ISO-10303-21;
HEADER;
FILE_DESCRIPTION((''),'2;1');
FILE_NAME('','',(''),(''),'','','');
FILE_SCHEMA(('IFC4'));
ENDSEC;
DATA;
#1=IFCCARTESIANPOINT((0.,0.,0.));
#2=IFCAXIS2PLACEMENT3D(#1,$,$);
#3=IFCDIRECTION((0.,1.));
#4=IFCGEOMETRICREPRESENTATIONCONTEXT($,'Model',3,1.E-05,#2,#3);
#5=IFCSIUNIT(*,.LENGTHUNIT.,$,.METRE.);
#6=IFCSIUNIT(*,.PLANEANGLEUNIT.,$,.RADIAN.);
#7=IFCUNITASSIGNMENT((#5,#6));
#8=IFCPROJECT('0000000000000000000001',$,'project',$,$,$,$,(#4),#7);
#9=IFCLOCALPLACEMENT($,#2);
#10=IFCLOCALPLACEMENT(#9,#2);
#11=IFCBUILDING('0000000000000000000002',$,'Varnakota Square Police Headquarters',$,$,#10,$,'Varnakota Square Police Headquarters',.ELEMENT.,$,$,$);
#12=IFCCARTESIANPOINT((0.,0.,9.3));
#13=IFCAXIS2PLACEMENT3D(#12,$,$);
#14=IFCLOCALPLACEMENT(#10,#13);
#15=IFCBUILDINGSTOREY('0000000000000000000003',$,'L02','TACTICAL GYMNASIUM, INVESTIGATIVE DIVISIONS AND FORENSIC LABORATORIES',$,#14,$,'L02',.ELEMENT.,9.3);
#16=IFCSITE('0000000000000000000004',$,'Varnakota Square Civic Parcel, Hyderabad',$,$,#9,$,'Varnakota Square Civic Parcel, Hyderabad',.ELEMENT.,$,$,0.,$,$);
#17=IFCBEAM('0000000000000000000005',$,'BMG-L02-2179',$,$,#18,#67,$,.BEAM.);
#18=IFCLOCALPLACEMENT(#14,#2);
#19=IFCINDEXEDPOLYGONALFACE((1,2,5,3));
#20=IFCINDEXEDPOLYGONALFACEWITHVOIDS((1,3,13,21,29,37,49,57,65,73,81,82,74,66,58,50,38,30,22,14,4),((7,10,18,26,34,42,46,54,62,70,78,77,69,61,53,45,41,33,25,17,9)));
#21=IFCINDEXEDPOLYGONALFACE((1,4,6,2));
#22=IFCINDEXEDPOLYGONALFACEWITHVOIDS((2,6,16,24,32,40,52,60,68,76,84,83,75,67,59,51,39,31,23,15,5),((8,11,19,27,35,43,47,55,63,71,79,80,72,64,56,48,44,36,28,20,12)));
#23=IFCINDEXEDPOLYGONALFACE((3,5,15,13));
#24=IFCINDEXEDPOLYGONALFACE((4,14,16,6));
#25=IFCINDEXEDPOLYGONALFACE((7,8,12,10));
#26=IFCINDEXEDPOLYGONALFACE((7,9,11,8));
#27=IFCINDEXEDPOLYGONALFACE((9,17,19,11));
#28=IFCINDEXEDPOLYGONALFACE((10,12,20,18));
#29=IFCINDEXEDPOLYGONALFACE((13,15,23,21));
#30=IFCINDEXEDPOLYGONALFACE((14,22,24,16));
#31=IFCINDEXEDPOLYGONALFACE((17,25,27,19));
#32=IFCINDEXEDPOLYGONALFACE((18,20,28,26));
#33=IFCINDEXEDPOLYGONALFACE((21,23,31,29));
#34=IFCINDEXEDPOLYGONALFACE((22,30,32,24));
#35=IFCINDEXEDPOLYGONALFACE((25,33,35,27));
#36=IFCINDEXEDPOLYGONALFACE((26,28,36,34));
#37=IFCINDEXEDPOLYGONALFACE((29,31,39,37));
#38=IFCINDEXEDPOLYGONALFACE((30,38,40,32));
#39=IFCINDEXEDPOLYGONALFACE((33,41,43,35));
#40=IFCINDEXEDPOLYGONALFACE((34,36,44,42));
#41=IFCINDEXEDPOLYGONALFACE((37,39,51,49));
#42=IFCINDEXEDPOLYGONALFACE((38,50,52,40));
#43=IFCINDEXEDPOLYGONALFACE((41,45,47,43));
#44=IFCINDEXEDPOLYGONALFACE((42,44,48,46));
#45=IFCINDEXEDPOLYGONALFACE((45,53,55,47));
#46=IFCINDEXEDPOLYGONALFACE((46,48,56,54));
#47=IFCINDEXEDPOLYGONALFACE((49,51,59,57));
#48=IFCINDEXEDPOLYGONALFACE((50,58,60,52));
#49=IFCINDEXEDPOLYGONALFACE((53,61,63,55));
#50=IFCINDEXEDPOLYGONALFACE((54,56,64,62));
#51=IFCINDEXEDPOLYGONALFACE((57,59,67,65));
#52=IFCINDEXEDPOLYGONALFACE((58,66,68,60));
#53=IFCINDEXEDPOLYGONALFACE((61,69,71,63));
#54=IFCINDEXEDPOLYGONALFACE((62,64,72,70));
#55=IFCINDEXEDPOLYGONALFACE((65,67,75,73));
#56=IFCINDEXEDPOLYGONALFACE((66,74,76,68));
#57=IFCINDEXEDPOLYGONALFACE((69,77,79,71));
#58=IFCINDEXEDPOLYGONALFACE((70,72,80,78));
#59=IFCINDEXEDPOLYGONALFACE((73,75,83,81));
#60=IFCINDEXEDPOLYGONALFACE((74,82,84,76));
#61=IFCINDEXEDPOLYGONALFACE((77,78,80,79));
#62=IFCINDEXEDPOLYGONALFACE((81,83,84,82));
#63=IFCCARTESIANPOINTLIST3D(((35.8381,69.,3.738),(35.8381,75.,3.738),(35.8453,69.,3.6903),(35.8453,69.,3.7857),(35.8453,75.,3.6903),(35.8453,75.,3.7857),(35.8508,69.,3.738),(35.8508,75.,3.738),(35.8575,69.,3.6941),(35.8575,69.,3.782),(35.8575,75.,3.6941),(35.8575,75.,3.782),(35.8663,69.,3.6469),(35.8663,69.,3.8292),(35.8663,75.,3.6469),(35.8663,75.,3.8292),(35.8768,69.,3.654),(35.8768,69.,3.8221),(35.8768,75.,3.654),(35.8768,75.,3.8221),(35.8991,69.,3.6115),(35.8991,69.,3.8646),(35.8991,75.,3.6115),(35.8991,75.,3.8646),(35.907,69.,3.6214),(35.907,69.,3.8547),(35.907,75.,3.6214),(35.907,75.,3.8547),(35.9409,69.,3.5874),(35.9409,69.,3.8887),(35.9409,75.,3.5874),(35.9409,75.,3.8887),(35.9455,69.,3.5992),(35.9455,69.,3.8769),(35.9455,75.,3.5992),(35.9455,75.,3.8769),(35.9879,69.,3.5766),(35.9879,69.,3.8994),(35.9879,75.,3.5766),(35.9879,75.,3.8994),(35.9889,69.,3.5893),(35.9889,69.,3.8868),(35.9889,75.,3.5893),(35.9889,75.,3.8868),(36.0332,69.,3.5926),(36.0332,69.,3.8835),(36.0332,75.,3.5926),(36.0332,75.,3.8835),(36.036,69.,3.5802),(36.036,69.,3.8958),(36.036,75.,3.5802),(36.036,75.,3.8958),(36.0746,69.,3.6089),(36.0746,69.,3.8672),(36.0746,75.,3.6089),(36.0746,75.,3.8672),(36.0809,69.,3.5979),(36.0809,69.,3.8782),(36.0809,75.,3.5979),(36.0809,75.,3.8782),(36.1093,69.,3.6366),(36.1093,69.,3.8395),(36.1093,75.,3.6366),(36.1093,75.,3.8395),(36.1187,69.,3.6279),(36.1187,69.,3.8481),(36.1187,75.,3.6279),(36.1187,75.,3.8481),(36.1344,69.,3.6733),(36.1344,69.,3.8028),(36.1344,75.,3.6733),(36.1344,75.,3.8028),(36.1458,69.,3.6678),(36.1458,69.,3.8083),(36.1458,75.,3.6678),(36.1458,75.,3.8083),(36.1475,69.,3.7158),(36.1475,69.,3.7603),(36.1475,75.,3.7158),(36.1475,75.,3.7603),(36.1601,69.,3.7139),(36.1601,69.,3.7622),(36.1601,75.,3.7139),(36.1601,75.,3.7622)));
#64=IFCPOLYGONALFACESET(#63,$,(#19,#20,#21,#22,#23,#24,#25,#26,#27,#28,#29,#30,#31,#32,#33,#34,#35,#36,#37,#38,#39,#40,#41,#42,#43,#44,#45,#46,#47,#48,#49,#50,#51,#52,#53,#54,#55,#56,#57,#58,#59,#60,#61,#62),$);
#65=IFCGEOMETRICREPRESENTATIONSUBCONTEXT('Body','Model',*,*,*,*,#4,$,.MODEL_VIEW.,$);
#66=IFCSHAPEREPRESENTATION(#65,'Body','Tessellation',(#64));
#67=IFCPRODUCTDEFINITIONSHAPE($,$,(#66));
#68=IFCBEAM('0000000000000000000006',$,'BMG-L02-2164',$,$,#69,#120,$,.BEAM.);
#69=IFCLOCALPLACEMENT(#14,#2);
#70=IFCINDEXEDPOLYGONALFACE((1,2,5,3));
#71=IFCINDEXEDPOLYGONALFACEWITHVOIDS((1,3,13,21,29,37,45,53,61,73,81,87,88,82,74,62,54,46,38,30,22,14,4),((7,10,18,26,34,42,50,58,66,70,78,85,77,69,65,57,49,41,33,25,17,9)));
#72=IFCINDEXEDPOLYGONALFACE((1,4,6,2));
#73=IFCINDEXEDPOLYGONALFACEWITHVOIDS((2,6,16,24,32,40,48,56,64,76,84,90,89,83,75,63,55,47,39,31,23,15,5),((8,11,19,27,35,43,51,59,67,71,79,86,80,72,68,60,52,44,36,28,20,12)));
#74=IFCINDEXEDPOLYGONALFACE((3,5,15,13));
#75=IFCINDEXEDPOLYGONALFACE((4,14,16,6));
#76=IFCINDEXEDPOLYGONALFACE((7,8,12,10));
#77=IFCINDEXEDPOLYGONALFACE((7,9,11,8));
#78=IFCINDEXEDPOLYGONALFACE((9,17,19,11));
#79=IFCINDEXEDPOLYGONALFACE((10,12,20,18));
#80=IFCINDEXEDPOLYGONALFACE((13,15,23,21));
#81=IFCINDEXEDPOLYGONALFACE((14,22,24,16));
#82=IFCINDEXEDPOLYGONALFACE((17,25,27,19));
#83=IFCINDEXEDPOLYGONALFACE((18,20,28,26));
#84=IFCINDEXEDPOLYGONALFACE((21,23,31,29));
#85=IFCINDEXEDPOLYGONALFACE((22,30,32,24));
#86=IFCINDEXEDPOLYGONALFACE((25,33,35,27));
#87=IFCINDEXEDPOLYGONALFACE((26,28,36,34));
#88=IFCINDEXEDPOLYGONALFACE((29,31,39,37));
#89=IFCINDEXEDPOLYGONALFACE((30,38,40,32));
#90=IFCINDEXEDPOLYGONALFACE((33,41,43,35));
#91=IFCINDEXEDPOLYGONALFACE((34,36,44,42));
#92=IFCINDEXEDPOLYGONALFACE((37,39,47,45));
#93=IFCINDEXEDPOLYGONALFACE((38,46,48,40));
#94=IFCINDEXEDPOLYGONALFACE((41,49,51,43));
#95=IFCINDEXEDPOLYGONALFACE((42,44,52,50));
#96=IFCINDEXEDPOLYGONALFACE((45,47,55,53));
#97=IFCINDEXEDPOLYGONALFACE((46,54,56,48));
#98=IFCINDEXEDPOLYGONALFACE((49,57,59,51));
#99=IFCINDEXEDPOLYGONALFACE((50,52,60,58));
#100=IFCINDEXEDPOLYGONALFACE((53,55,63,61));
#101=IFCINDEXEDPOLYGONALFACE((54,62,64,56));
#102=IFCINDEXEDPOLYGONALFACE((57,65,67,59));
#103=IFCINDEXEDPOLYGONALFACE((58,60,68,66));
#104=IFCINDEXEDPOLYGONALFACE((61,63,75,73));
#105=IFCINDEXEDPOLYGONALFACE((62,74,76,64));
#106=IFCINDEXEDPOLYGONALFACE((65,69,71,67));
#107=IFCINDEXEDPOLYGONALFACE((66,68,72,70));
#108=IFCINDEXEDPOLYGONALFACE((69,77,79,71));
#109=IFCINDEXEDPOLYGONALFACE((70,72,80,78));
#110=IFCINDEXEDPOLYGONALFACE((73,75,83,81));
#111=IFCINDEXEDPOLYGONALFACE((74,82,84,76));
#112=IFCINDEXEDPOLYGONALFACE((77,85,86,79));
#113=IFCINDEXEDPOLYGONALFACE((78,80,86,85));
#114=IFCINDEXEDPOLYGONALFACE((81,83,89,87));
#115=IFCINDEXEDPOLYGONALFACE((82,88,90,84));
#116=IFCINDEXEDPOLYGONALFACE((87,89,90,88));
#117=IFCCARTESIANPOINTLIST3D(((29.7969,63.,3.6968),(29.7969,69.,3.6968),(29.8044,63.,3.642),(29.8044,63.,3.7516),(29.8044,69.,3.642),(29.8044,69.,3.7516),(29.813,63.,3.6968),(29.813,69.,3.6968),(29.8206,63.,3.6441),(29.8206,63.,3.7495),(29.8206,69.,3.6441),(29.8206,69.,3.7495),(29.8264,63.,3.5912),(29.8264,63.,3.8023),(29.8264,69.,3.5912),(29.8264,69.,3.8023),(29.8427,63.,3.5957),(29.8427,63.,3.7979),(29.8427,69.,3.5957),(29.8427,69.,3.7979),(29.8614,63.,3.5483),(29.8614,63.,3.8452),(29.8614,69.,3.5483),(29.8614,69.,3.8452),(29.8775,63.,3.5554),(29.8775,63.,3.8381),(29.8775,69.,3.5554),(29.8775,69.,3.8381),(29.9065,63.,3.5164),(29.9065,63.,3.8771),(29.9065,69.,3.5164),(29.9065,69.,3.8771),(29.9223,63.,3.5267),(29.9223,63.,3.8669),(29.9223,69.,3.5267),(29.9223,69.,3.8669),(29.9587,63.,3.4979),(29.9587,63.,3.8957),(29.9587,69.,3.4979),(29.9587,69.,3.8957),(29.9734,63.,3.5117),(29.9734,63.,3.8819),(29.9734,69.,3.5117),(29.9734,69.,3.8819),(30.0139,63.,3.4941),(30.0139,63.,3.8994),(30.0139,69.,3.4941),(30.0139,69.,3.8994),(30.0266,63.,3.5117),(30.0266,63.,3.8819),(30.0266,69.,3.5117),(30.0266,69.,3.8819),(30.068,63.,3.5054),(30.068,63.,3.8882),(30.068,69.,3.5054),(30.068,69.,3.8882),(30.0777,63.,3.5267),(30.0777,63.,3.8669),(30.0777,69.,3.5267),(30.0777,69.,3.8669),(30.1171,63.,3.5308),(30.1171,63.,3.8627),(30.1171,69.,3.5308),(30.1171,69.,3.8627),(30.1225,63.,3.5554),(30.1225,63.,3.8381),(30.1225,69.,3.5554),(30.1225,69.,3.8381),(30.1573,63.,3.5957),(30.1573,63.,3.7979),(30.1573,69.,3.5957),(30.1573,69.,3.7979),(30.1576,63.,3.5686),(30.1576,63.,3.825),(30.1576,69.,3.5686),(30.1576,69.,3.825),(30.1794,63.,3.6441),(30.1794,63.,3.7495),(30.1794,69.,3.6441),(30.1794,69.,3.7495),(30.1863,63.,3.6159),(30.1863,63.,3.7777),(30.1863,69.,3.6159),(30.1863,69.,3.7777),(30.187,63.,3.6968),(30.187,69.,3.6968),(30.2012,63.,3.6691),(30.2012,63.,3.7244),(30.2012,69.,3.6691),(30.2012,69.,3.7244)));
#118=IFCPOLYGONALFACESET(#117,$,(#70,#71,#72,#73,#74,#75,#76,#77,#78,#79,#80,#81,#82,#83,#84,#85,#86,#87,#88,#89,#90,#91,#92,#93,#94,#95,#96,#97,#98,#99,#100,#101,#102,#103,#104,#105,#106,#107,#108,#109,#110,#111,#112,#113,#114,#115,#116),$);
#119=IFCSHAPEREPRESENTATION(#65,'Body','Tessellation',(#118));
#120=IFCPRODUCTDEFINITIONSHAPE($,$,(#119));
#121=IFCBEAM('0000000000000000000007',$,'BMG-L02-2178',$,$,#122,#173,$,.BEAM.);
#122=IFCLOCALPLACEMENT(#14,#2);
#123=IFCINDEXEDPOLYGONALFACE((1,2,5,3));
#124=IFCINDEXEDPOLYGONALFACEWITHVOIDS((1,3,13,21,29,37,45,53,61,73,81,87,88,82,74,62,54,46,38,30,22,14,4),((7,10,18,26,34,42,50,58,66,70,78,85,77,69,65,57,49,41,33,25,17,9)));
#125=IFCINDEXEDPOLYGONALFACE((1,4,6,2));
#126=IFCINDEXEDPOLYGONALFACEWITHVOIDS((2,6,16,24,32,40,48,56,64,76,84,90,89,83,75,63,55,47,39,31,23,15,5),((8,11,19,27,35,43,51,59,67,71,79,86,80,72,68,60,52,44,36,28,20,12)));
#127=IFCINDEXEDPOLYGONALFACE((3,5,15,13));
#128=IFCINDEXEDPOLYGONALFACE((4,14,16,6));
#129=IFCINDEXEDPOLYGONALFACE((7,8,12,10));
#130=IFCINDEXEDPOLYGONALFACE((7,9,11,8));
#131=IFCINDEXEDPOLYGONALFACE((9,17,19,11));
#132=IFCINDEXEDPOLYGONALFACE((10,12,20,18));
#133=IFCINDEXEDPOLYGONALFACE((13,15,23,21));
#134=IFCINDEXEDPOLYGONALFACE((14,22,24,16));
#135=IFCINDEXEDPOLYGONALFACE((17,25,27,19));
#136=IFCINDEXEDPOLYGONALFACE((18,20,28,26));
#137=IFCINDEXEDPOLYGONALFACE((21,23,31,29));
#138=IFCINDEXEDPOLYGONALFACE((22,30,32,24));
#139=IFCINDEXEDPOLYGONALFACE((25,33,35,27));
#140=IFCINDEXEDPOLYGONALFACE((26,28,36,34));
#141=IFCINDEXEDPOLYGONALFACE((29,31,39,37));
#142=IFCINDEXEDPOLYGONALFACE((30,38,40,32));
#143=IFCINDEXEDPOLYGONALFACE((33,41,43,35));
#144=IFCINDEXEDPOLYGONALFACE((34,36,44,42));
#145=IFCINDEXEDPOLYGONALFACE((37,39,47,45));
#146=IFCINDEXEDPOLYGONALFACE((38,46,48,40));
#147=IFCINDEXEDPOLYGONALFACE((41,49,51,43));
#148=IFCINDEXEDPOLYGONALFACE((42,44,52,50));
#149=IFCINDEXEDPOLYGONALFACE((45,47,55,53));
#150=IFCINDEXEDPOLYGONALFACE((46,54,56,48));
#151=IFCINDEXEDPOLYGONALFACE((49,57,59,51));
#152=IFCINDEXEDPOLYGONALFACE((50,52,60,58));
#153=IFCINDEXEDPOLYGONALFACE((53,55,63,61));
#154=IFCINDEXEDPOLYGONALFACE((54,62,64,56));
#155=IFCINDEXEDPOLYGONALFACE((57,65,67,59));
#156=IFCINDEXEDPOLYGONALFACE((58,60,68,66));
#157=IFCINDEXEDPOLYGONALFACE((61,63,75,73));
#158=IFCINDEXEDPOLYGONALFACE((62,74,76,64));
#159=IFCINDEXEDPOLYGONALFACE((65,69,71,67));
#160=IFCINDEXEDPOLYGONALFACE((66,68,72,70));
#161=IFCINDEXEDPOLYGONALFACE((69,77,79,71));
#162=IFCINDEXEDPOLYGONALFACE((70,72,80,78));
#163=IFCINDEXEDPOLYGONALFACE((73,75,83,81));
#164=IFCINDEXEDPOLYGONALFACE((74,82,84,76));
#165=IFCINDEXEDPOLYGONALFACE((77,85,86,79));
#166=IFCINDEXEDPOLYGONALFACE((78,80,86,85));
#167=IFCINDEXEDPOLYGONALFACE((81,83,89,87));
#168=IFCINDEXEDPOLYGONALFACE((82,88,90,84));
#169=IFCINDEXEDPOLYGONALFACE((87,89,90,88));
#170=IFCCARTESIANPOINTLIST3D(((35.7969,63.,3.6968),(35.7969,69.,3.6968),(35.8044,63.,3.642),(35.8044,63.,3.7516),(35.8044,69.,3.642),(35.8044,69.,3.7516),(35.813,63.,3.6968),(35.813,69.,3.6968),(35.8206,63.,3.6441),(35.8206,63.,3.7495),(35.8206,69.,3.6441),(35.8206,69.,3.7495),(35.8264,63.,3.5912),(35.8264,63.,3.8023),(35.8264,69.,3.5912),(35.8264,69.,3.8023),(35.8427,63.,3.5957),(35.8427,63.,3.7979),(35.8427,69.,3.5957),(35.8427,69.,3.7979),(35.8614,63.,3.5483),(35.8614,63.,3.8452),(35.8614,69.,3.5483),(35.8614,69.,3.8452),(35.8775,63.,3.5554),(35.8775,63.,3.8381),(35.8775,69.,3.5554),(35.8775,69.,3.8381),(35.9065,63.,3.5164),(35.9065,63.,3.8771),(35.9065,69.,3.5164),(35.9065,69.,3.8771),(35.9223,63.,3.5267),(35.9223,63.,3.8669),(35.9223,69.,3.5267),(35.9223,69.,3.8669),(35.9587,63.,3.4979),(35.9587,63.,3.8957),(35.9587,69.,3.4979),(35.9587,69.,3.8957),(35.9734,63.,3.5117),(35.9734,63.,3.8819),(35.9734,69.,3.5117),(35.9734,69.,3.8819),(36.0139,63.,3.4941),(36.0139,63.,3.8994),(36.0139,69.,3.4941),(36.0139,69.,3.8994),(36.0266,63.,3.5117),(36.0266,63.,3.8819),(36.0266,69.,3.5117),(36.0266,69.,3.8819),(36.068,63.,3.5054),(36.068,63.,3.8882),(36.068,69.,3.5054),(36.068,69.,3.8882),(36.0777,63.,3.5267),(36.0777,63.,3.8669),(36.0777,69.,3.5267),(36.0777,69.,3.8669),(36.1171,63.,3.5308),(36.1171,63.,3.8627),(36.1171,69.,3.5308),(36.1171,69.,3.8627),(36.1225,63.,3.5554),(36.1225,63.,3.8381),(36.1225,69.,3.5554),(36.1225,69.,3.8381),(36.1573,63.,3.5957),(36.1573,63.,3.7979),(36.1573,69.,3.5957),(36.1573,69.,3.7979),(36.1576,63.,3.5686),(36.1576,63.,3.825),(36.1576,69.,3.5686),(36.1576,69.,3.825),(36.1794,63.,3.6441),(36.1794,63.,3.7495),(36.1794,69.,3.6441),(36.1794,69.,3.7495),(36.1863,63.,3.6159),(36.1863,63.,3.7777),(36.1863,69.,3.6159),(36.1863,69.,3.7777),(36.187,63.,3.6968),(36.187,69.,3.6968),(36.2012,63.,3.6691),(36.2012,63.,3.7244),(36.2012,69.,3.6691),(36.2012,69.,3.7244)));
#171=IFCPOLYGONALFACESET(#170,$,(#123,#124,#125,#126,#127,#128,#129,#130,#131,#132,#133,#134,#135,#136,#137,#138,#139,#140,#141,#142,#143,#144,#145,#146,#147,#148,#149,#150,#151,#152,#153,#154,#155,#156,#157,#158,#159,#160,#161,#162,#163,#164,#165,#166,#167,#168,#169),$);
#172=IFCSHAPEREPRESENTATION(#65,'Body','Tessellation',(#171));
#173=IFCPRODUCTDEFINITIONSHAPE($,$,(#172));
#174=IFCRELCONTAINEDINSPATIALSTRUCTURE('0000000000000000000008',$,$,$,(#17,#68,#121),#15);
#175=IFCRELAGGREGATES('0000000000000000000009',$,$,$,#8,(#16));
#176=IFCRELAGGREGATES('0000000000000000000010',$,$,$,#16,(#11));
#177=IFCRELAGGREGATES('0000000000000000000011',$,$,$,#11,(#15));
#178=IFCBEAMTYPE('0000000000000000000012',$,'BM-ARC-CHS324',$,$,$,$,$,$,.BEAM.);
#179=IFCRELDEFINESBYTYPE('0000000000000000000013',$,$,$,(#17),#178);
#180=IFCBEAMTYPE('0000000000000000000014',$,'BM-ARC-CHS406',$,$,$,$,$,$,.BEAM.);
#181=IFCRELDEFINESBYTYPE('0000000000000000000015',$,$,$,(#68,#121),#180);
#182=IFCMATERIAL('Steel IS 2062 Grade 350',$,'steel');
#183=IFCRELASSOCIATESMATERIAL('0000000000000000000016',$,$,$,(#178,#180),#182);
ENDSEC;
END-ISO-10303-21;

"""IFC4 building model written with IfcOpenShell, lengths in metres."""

from ifc_helpers import new_model, si_unit, direction, frame, origin, origin_2d, place, context, subcontext, project, spatial, hollow_circle, extrude, material, material_profile, profile_set, type_object, element, save


model = new_model("IFC4")

# Units and contexts
model_context = context("Model", 3, precision=1e-05, world=origin(), true_north=direction((0.0, 1.0)))
body_context = subcontext(model_context, "Body", "Model", "MODEL_VIEW")
ifc_project = project(units=[si_unit("LENGTHUNIT", "METRE"), si_unit("PLANEANGLEUNIT", "RADIAN")], contexts=[model_context])

# Site, building, storey
site_placement = place(None, origin())
site = spatial("IfcSite", under=ifc_project, at=site_placement, Name="Varnakota Square Civic Parcel, Hyderabad", LongName="Varnakota Square Civic Parcel, Hyderabad", CompositionType="ELEMENT", RefElevation=0.0)
building_placement = place(site_placement, origin())
building = spatial("IfcBuilding", under=site, at=building_placement, Name="Varnakota Square Police Headquarters", LongName="Varnakota Square Police Headquarters", CompositionType="ELEMENT")
storey_placement = place(building_placement, frame((0.0, 0.0, 9.3)))
storey = spatial("IfcBuildingStorey", under=building, at=storey_placement, Name="L02", Description="TACTICAL GYMNASIUM, INVESTIGATIVE DIVISIONS AND FORENSIC LABORATORIES", LongName="L02", CompositionType="ELEMENT", Elevation=9.3)

# Shared definitions
ifc_material_1 = material(Name="Steel IS 2062 Grade 350", Category="steel")

# Beams
ifc_material_profile_1 = material_profile(ifc_material_1, hollow_circle(Radius=0.1619, WallThickness=0.0127, at=origin_2d()), Name="CHS 323.9x12.7")
ifc_profile_set_1 = profile_set([ifc_material_profile_1], Name="Steel IS 2062 Grade 350")
beam_type_1 = type_object("IfcBeamType", Name="BM-ARC-CHS324", PredefinedType="BEAM", material=ifc_profile_set_1)
for number, where, z_axis, x_axis, name in (
    (1, (36.0, 69.0, 3.738), (0.0, 1.0, 0.0), (-1.0, 0.0, 0.0), "BMG-L02-2179"),
):
    element("IfcBeam", number, at=place(storey_placement, frame(where, z_axis=z_axis, x_axis=x_axis)), inside=storey, type_object=beam_type_1, Name=name, PredefinedType="BEAM", context=body_context, shape_type="SweptSolid", body=[
        extrude(hollow_circle(Radius=0.1619, WallThickness=0.0127, at=origin_2d()), origin(), (0.0, 0.0, 1.0), 6.0),
    ])
ifc_material_profile_2 = material_profile(ifc_material_1, hollow_circle(Radius=0.2031, WallThickness=0.0161, at=origin_2d()), Name="CHS 406.4x16.0")
ifc_profile_set_2 = profile_set([ifc_material_profile_2], Name="Steel IS 2062 Grade 350")
beam_type_2 = type_object("IfcBeamType", Name="BM-ARC-CHS406", PredefinedType="BEAM", material=ifc_profile_set_2)
for number, where, z_axis, x_axis, name in (
    (2, (30.0, 63.0, 3.6968), (0.0, 1.0, 0.0), (-1.0, 0.0, 0.0), "BMG-L02-2164"),
    (3, (36.0, 63.0, 3.6968), (0.0, 1.0, 0.0), (-1.0, 0.0, 0.0), "BMG-L02-2178"),
):
    element("IfcBeam", number, at=place(storey_placement, frame(where, z_axis=z_axis, x_axis=x_axis)), inside=storey, type_object=beam_type_2, Name=name, PredefinedType="BEAM", context=body_context, shape_type="SweptSolid", body=[
        extrude(hollow_circle(Radius=0.2031, WallThickness=0.0161, at=origin_2d()), origin(), (0.0, 0.0, 1.0), 6.0),
    ])

save(model, "model.ifc")
